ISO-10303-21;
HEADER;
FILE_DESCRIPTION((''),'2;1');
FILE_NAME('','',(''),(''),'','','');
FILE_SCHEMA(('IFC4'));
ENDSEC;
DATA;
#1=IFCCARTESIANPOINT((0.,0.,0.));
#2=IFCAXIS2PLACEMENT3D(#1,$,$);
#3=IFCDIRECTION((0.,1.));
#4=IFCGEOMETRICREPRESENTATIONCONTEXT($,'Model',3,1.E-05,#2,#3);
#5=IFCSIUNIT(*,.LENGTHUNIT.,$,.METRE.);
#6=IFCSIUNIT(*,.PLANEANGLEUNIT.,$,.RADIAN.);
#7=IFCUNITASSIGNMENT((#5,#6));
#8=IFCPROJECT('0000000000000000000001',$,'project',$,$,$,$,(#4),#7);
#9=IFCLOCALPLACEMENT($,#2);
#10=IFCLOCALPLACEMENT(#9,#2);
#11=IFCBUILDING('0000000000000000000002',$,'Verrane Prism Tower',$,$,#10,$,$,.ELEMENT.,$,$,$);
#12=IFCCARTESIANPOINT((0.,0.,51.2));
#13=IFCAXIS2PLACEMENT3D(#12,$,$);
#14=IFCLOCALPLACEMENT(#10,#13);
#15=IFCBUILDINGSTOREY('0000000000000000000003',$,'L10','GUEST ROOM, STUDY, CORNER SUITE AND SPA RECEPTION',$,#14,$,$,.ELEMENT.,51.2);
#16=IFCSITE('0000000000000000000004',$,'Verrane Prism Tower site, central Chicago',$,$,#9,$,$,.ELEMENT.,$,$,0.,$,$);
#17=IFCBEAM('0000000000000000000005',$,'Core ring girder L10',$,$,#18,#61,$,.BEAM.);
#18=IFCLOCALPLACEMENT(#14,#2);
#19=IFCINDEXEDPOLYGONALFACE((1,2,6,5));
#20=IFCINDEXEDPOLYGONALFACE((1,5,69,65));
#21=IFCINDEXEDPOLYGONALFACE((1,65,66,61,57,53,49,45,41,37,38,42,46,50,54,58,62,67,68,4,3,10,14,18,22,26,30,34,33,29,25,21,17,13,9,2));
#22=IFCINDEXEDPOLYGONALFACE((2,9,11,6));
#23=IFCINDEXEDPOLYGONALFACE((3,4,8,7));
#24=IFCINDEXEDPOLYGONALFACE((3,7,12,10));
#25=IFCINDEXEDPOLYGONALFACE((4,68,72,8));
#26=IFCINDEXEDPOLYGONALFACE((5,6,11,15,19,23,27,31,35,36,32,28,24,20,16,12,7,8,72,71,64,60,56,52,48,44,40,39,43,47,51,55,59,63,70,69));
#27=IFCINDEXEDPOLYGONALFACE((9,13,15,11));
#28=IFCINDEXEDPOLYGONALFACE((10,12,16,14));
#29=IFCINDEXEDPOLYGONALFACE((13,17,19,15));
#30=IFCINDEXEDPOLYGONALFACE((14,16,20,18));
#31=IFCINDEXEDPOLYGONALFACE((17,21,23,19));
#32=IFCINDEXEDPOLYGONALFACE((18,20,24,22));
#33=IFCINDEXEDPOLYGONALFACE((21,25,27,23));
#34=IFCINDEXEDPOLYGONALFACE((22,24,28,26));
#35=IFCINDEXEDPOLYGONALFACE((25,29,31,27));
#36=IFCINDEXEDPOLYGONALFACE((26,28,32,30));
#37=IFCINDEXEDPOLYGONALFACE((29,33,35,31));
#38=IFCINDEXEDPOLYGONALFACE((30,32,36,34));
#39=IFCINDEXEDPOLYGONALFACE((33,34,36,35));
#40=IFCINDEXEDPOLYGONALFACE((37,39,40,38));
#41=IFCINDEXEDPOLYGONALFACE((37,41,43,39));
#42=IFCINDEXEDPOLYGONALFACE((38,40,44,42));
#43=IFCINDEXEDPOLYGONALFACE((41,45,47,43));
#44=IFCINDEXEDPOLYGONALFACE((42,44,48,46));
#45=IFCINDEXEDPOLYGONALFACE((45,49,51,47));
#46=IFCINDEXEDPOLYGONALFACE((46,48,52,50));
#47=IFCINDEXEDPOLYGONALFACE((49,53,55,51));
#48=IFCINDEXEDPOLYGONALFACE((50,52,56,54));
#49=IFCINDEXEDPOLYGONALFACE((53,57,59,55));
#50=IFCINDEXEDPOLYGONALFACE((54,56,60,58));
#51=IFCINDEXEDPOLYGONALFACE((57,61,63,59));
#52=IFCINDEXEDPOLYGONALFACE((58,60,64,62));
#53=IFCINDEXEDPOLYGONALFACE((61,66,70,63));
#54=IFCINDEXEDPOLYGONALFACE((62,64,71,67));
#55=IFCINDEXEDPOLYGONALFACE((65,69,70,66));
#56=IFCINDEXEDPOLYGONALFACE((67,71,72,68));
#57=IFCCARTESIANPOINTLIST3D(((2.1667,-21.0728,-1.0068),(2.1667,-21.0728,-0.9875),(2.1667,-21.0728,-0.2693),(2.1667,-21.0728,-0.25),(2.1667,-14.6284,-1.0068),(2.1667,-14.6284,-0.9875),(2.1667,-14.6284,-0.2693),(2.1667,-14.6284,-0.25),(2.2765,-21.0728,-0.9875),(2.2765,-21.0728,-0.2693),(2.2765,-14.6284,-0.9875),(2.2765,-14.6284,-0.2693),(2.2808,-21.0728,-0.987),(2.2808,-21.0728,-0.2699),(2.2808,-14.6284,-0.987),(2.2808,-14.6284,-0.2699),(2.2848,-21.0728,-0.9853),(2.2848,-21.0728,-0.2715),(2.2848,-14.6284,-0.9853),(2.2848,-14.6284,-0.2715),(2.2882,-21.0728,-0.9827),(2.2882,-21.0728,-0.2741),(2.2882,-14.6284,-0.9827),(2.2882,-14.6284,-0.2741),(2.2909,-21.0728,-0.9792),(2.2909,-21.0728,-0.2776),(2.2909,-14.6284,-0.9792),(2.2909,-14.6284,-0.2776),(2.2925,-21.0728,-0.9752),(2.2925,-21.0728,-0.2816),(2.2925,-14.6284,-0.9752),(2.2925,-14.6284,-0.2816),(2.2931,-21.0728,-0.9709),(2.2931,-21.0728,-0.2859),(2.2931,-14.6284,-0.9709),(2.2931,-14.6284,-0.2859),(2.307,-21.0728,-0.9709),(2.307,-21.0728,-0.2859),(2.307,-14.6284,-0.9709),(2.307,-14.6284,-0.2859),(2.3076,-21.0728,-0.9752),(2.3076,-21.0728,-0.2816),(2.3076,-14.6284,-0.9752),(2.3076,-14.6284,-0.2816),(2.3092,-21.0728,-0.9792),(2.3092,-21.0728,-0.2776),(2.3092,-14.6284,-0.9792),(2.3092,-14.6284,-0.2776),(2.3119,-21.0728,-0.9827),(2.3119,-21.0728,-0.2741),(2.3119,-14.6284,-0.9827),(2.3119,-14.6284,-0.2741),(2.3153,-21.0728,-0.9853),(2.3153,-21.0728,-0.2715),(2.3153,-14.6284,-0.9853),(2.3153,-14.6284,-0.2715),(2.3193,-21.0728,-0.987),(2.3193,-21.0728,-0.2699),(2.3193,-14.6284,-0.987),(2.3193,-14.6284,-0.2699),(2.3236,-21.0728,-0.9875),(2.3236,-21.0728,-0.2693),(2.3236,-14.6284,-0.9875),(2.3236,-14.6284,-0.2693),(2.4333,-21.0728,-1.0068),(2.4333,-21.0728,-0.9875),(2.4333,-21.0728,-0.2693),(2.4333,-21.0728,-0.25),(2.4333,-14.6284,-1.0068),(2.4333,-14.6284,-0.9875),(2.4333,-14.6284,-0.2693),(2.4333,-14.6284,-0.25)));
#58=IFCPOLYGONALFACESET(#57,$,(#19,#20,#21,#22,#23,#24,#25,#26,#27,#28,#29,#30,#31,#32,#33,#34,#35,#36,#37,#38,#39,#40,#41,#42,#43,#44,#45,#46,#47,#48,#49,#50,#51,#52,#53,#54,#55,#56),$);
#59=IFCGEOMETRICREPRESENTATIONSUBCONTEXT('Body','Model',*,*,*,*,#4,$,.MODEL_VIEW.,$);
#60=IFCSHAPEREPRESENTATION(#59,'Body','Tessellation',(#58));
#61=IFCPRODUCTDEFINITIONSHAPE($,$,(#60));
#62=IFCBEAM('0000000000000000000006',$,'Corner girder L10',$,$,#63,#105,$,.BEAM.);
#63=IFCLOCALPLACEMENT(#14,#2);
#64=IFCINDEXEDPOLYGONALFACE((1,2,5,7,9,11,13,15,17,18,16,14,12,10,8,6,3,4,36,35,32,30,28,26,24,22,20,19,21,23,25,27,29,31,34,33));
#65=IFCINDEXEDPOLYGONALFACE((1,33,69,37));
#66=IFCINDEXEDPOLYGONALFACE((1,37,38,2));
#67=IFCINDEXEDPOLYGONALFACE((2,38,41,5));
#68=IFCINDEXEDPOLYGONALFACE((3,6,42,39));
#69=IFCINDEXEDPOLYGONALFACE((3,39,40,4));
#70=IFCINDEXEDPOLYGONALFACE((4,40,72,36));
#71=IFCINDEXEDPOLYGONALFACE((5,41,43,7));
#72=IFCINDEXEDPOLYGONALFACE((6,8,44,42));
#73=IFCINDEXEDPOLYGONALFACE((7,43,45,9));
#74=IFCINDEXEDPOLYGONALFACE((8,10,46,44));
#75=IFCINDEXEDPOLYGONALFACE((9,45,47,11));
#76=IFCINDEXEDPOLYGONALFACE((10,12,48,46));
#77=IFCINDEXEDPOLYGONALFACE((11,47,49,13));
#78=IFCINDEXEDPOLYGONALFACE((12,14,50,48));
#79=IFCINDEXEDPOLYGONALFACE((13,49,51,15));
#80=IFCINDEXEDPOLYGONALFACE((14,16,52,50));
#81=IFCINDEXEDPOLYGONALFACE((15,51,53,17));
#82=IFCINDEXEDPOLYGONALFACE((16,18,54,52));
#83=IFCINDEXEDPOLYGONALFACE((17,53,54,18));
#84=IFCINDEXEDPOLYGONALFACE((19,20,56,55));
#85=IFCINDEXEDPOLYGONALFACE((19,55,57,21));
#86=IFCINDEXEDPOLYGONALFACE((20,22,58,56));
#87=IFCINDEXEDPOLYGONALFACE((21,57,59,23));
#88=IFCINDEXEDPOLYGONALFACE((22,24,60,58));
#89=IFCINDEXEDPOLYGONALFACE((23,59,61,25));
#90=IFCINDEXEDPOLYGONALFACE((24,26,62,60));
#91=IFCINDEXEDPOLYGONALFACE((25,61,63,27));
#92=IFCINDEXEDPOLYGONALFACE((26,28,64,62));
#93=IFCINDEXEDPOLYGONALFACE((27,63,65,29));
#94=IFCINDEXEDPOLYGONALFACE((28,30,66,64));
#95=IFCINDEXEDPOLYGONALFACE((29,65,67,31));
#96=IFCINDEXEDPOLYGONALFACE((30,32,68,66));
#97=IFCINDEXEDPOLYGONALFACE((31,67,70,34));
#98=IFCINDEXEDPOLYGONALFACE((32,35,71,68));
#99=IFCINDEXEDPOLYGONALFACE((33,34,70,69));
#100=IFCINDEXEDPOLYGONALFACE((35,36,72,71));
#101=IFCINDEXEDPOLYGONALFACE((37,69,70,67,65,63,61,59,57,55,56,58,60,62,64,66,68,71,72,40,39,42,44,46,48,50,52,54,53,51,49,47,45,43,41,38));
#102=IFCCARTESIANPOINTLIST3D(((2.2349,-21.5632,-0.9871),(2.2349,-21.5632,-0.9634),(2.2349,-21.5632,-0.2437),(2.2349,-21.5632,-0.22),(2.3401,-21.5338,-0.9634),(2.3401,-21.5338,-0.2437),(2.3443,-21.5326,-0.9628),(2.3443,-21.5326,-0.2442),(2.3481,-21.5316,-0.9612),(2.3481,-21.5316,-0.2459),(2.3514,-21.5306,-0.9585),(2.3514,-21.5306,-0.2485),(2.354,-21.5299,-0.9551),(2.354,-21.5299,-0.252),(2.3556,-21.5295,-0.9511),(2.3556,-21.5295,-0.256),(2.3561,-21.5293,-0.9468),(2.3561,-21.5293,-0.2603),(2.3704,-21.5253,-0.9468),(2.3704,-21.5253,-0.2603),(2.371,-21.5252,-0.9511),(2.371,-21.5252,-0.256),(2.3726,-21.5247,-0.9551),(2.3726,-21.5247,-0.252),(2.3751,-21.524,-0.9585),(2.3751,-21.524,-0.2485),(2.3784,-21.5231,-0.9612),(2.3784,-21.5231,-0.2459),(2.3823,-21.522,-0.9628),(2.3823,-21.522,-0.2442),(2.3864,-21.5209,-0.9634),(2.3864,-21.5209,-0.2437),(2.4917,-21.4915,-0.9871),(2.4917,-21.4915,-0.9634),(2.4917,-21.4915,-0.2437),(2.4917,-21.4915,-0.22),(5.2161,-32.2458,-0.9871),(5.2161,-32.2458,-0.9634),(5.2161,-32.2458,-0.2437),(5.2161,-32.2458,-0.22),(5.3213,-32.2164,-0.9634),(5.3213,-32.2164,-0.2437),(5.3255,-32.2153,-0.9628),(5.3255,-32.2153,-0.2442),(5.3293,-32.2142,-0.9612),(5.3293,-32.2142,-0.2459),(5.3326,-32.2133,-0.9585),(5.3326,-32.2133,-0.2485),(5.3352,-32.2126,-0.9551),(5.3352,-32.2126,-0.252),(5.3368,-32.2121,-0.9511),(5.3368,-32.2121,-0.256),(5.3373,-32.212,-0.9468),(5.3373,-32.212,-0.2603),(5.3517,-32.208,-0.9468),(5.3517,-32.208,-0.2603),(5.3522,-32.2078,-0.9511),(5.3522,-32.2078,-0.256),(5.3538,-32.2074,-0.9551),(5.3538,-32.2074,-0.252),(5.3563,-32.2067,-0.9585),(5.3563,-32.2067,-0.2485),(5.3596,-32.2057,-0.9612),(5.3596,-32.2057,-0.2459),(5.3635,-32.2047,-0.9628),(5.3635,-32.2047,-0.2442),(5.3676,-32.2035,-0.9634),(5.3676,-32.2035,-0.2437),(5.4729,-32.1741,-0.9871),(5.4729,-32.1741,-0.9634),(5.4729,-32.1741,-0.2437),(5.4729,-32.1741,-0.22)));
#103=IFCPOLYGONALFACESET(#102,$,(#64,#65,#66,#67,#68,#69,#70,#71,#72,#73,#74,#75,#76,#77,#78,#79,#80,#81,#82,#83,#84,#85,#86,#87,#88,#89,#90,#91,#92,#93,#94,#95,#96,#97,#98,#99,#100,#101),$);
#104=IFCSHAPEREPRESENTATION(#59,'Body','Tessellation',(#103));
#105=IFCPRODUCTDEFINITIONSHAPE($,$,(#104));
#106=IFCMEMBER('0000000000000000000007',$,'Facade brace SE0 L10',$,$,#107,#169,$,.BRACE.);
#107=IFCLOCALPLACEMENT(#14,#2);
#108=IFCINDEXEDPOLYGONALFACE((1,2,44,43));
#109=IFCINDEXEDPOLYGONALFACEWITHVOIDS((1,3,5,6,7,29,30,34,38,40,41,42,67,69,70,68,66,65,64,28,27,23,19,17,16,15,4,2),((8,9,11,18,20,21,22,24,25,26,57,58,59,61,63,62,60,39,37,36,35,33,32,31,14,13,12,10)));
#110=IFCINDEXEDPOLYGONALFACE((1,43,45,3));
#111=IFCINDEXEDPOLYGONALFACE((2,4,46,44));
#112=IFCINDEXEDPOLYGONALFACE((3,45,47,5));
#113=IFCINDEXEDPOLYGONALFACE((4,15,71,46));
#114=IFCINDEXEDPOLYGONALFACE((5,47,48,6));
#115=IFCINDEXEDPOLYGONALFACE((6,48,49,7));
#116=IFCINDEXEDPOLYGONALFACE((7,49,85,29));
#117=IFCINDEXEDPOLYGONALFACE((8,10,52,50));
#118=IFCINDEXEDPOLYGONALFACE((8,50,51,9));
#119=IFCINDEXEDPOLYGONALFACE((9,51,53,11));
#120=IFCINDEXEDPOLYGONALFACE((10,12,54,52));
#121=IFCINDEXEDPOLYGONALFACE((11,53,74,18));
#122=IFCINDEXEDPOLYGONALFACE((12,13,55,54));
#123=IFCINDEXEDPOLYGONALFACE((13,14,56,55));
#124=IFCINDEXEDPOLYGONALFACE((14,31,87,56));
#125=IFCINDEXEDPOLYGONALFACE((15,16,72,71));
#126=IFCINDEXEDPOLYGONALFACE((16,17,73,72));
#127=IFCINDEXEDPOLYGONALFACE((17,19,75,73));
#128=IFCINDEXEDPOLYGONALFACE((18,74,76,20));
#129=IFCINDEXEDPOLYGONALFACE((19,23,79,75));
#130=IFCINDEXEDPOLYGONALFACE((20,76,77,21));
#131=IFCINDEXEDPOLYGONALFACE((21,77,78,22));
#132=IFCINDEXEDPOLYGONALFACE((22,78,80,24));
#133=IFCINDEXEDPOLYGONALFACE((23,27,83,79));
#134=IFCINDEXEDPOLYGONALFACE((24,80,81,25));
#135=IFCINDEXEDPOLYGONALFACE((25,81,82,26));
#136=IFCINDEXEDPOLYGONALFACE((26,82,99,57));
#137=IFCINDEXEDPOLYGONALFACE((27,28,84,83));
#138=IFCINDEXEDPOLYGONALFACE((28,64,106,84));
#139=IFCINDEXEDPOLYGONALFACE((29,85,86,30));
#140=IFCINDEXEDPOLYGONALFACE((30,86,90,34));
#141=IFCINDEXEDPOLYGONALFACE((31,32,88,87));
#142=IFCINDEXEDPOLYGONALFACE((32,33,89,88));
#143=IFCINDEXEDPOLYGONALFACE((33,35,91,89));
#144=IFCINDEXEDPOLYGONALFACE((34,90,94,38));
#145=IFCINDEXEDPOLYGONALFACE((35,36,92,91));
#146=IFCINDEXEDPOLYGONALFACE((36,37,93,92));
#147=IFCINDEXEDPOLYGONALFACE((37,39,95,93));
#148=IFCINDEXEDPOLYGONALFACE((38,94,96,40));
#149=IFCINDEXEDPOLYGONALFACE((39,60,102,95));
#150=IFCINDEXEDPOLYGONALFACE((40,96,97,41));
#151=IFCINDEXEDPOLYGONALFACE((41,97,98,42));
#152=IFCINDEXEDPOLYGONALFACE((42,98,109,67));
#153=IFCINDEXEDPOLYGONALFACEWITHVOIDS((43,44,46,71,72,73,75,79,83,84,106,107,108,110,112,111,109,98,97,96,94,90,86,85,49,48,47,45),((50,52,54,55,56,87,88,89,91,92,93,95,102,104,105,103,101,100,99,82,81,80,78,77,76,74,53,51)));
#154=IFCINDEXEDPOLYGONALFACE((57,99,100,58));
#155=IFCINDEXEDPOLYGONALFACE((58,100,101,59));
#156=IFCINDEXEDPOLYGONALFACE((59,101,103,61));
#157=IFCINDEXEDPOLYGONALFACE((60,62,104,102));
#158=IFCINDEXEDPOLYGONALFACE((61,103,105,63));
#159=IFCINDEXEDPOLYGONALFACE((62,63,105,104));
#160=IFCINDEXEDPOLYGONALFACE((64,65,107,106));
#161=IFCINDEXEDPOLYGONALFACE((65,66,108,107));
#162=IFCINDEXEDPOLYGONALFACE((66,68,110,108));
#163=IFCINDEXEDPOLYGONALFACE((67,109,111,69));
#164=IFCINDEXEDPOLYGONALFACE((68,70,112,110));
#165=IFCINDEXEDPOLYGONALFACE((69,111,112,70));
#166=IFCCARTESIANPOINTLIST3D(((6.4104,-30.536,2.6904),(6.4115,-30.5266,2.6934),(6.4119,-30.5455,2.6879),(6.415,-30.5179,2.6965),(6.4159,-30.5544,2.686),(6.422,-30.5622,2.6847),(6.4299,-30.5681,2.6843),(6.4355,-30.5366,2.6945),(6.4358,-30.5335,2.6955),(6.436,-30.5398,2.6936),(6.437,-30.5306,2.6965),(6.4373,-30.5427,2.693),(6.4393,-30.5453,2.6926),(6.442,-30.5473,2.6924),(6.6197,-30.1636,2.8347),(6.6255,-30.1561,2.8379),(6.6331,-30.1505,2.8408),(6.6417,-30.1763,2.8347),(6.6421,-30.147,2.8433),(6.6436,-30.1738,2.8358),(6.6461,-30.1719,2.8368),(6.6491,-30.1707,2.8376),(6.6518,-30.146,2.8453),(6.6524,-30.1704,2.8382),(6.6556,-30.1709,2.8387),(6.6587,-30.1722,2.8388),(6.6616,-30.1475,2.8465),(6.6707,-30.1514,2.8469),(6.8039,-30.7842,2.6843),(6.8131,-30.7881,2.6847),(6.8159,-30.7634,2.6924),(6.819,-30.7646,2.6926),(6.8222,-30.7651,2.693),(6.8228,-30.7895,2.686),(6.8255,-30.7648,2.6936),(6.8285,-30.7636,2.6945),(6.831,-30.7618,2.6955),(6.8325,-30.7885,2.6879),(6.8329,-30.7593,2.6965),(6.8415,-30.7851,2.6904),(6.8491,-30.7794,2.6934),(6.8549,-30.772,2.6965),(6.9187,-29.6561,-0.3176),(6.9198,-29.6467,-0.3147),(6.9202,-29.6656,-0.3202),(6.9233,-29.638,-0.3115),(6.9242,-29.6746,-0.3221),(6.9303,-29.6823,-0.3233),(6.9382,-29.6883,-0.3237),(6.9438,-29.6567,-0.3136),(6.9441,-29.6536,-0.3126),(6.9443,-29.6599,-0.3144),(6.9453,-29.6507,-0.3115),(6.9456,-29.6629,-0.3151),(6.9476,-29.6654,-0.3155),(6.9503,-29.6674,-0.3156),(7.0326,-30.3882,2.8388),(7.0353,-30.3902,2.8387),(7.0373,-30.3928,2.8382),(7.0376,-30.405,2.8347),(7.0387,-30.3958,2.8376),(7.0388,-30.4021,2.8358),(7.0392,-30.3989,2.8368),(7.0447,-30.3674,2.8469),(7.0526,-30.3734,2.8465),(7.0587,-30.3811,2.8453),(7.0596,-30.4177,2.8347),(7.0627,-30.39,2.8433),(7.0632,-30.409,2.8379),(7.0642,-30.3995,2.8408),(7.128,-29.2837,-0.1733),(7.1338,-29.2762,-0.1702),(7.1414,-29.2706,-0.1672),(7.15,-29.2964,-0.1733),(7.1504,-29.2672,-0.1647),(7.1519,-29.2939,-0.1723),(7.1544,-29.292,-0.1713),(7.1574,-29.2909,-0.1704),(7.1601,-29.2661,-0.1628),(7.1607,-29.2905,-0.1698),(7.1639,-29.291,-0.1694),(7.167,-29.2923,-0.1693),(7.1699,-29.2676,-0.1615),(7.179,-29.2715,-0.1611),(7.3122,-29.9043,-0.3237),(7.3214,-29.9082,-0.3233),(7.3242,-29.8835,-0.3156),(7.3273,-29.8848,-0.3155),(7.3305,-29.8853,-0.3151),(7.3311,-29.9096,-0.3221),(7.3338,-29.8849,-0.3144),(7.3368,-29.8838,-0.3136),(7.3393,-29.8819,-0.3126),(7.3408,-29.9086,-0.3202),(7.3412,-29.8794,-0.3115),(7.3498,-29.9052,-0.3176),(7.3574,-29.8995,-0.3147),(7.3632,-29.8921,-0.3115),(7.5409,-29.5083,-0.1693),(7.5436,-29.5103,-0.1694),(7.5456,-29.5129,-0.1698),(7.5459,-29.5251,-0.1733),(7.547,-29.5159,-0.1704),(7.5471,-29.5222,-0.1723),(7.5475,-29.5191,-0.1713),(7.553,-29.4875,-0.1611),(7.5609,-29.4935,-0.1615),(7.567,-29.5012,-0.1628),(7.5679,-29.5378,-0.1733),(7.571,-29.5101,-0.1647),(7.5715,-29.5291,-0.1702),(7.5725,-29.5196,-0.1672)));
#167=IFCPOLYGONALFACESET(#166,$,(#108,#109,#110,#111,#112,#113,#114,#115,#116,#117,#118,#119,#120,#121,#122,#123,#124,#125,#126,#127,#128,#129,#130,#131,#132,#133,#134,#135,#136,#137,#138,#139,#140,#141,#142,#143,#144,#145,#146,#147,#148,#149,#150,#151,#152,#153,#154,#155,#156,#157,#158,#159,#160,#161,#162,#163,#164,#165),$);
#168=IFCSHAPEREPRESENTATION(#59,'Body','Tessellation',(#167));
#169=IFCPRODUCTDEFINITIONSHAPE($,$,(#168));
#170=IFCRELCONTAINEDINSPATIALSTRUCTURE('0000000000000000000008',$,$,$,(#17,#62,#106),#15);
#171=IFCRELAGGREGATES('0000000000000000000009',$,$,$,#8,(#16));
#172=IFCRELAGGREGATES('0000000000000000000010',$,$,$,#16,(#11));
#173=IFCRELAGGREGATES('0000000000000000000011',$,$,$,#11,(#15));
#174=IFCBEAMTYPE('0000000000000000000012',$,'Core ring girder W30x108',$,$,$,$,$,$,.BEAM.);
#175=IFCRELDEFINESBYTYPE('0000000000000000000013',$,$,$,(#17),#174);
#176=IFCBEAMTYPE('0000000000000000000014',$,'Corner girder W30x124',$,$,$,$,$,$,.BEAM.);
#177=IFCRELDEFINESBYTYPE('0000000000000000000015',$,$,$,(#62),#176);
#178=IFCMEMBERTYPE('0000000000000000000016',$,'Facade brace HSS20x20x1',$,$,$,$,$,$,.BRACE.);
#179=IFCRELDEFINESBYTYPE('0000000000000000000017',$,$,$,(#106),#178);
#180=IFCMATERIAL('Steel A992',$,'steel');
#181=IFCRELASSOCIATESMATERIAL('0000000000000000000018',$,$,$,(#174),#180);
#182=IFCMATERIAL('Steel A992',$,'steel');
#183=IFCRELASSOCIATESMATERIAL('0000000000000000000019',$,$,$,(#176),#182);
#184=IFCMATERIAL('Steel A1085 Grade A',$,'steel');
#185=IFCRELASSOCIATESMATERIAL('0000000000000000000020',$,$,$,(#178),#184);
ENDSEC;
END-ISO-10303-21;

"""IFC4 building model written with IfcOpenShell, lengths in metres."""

from ifc_helpers import new_model, si_unit, direction, frame, origin, origin_2d, place, context, subcontext, project, spatial, hollow_rectangle, i_section, extrude, material, material_profile, profile_set, type_object, element, save


model = new_model("IFC4")

# Units and contexts
model_context = context("Model", 3, precision=1e-05, world=origin(), true_north=direction((0.0, 1.0)))
body_context = subcontext(model_context, "Body", "Model", "MODEL_VIEW")
ifc_project = project(units=[si_unit("LENGTHUNIT", "METRE"), si_unit("PLANEANGLEUNIT", "RADIAN")], contexts=[model_context])

# Site, building, storey
site_placement = place(None, origin())
site = spatial("IfcSite", under=ifc_project, at=site_placement, Name="Verrane Prism Tower site, central Chicago", CompositionType="ELEMENT", RefElevation=0.0)
building_placement = place(site_placement, origin())
building = spatial("IfcBuilding", under=site, at=building_placement, Name="Verrane Prism Tower", CompositionType="ELEMENT")
storey_placement = place(building_placement, frame((0.0, 0.0, 51.2)))
storey = spatial("IfcBuildingStorey", under=building, at=storey_placement, Name="L10", Description="GUEST ROOM, STUDY, CORNER SUITE AND SPA RECEPTION", CompositionType="ELEMENT", Elevation=51.2)

# Beams
ifc_material_1 = material(Name="Steel A992", Category="steel")
ifc_material_profile_1 = material_profile(ifc_material_1, i_section(OverallWidth=0.2666, OverallDepth=0.7568, WebThickness=0.0139, FlangeThickness=0.0193, FilletRadius=0.0166, at=origin_2d()), Name="W30x108")
ifc_profile_set_1 = profile_set([ifc_material_profile_1], Name="Steel A992")
beam_type_1 = type_object("IfcBeamType", Name="Core ring girder W30x108", PredefinedType="BEAM", material=ifc_profile_set_1)
beam_1_placement = place(storey_placement, frame((2.3, -21.0728, -0.6284), z_axis=(0.0, 1.0, 0.0), x_axis=(-1.0, 0.0, 0.0)))
element("IfcBeam", 1, at=beam_1_placement, inside=storey, type_object=beam_type_1, Name="Core ring girder L10", PredefinedType="BEAM", context=body_context, shape_type="SweptSolid", body=[
    extrude(i_section(OverallWidth=0.2666, OverallDepth=0.7568, WebThickness=0.0139, FlangeThickness=0.0193, FilletRadius=0.0166, at=origin_2d()), origin(), (0.0, 0.0, 1.0), 6.4443),
])
ifc_material_2 = material(Name="Steel A992", Category="steel")
ifc_material_profile_2 = material_profile(ifc_material_2, i_section(OverallWidth=0.2666, OverallDepth=0.7671, WebThickness=0.0149, FlangeThickness=0.0237, FilletRadius=0.0166, at=origin_2d()), Name="W30x124")
ifc_profile_set_2 = profile_set([ifc_material_profile_2], Name="Steel A992")
beam_type_2 = type_object("IfcBeamType", Name="Corner girder W30x124", PredefinedType="BEAM", material=ifc_profile_set_2)
beam_2_placement = place(storey_placement, frame((5.3445, -32.21, -0.6035), z_axis=(-0.268799, 0.963196, 0.0), x_axis=(-0.963196, -0.268799, 0.0)))
element("IfcBeam", 2, at=beam_2_placement, inside=storey, type_object=beam_type_2, Name="Corner girder L10", PredefinedType="BEAM", context=body_context, shape_type="SweptSolid", body=[
    extrude(i_section(OverallWidth=0.2666, OverallDepth=0.7671, WebThickness=0.0149, FlangeThickness=0.0237, FilletRadius=0.0166, at=origin_2d()), origin(), (0.0, 0.0, 1.0), 11.0908),
])

# Member
ifc_material_3 = material(Name="Steel A1085 Grade A", Category="steel")
ifc_material_profile_3 = material_profile(ifc_material_3, hollow_rectangle(XDim=0.5081, YDim=0.5081, WallThickness=0.0254, InnerFilletRadius=0.0127, OuterFilletRadius=0.0381, at=origin_2d()), Name="HSS20x20x1")
ifc_profile_set_3 = profile_set([ifc_material_profile_3], Name="Steel A1085 Grade A")
member_type_1 = type_object("IfcMemberType", Name="Facade brace HSS20x20x1", PredefinedType="BRACE", material=ifc_profile_set_3)
member_1_placement = place(storey_placement, frame((7.2456, -29.5879, -0.2424), z_axis=(-0.160092, -0.277124, 0.947403), x_axis=(0.865897, -0.500222, 0.0)))
element("IfcMember", 3, at=member_1_placement, inside=storey, type_object=member_type_1, Name="Facade brace SE0 L10", PredefinedType="BRACE", context=body_context, shape_type="SweptSolid", body=[
    extrude(hollow_rectangle(XDim=0.5081, YDim=0.5081, WallThickness=0.0254, InnerFilletRadius=0.0127, OuterFilletRadius=0.0381, at=origin_2d()), origin(), (0.0, 0.0, 1.0), 3.175),
])

save(model, "model.ifc")
